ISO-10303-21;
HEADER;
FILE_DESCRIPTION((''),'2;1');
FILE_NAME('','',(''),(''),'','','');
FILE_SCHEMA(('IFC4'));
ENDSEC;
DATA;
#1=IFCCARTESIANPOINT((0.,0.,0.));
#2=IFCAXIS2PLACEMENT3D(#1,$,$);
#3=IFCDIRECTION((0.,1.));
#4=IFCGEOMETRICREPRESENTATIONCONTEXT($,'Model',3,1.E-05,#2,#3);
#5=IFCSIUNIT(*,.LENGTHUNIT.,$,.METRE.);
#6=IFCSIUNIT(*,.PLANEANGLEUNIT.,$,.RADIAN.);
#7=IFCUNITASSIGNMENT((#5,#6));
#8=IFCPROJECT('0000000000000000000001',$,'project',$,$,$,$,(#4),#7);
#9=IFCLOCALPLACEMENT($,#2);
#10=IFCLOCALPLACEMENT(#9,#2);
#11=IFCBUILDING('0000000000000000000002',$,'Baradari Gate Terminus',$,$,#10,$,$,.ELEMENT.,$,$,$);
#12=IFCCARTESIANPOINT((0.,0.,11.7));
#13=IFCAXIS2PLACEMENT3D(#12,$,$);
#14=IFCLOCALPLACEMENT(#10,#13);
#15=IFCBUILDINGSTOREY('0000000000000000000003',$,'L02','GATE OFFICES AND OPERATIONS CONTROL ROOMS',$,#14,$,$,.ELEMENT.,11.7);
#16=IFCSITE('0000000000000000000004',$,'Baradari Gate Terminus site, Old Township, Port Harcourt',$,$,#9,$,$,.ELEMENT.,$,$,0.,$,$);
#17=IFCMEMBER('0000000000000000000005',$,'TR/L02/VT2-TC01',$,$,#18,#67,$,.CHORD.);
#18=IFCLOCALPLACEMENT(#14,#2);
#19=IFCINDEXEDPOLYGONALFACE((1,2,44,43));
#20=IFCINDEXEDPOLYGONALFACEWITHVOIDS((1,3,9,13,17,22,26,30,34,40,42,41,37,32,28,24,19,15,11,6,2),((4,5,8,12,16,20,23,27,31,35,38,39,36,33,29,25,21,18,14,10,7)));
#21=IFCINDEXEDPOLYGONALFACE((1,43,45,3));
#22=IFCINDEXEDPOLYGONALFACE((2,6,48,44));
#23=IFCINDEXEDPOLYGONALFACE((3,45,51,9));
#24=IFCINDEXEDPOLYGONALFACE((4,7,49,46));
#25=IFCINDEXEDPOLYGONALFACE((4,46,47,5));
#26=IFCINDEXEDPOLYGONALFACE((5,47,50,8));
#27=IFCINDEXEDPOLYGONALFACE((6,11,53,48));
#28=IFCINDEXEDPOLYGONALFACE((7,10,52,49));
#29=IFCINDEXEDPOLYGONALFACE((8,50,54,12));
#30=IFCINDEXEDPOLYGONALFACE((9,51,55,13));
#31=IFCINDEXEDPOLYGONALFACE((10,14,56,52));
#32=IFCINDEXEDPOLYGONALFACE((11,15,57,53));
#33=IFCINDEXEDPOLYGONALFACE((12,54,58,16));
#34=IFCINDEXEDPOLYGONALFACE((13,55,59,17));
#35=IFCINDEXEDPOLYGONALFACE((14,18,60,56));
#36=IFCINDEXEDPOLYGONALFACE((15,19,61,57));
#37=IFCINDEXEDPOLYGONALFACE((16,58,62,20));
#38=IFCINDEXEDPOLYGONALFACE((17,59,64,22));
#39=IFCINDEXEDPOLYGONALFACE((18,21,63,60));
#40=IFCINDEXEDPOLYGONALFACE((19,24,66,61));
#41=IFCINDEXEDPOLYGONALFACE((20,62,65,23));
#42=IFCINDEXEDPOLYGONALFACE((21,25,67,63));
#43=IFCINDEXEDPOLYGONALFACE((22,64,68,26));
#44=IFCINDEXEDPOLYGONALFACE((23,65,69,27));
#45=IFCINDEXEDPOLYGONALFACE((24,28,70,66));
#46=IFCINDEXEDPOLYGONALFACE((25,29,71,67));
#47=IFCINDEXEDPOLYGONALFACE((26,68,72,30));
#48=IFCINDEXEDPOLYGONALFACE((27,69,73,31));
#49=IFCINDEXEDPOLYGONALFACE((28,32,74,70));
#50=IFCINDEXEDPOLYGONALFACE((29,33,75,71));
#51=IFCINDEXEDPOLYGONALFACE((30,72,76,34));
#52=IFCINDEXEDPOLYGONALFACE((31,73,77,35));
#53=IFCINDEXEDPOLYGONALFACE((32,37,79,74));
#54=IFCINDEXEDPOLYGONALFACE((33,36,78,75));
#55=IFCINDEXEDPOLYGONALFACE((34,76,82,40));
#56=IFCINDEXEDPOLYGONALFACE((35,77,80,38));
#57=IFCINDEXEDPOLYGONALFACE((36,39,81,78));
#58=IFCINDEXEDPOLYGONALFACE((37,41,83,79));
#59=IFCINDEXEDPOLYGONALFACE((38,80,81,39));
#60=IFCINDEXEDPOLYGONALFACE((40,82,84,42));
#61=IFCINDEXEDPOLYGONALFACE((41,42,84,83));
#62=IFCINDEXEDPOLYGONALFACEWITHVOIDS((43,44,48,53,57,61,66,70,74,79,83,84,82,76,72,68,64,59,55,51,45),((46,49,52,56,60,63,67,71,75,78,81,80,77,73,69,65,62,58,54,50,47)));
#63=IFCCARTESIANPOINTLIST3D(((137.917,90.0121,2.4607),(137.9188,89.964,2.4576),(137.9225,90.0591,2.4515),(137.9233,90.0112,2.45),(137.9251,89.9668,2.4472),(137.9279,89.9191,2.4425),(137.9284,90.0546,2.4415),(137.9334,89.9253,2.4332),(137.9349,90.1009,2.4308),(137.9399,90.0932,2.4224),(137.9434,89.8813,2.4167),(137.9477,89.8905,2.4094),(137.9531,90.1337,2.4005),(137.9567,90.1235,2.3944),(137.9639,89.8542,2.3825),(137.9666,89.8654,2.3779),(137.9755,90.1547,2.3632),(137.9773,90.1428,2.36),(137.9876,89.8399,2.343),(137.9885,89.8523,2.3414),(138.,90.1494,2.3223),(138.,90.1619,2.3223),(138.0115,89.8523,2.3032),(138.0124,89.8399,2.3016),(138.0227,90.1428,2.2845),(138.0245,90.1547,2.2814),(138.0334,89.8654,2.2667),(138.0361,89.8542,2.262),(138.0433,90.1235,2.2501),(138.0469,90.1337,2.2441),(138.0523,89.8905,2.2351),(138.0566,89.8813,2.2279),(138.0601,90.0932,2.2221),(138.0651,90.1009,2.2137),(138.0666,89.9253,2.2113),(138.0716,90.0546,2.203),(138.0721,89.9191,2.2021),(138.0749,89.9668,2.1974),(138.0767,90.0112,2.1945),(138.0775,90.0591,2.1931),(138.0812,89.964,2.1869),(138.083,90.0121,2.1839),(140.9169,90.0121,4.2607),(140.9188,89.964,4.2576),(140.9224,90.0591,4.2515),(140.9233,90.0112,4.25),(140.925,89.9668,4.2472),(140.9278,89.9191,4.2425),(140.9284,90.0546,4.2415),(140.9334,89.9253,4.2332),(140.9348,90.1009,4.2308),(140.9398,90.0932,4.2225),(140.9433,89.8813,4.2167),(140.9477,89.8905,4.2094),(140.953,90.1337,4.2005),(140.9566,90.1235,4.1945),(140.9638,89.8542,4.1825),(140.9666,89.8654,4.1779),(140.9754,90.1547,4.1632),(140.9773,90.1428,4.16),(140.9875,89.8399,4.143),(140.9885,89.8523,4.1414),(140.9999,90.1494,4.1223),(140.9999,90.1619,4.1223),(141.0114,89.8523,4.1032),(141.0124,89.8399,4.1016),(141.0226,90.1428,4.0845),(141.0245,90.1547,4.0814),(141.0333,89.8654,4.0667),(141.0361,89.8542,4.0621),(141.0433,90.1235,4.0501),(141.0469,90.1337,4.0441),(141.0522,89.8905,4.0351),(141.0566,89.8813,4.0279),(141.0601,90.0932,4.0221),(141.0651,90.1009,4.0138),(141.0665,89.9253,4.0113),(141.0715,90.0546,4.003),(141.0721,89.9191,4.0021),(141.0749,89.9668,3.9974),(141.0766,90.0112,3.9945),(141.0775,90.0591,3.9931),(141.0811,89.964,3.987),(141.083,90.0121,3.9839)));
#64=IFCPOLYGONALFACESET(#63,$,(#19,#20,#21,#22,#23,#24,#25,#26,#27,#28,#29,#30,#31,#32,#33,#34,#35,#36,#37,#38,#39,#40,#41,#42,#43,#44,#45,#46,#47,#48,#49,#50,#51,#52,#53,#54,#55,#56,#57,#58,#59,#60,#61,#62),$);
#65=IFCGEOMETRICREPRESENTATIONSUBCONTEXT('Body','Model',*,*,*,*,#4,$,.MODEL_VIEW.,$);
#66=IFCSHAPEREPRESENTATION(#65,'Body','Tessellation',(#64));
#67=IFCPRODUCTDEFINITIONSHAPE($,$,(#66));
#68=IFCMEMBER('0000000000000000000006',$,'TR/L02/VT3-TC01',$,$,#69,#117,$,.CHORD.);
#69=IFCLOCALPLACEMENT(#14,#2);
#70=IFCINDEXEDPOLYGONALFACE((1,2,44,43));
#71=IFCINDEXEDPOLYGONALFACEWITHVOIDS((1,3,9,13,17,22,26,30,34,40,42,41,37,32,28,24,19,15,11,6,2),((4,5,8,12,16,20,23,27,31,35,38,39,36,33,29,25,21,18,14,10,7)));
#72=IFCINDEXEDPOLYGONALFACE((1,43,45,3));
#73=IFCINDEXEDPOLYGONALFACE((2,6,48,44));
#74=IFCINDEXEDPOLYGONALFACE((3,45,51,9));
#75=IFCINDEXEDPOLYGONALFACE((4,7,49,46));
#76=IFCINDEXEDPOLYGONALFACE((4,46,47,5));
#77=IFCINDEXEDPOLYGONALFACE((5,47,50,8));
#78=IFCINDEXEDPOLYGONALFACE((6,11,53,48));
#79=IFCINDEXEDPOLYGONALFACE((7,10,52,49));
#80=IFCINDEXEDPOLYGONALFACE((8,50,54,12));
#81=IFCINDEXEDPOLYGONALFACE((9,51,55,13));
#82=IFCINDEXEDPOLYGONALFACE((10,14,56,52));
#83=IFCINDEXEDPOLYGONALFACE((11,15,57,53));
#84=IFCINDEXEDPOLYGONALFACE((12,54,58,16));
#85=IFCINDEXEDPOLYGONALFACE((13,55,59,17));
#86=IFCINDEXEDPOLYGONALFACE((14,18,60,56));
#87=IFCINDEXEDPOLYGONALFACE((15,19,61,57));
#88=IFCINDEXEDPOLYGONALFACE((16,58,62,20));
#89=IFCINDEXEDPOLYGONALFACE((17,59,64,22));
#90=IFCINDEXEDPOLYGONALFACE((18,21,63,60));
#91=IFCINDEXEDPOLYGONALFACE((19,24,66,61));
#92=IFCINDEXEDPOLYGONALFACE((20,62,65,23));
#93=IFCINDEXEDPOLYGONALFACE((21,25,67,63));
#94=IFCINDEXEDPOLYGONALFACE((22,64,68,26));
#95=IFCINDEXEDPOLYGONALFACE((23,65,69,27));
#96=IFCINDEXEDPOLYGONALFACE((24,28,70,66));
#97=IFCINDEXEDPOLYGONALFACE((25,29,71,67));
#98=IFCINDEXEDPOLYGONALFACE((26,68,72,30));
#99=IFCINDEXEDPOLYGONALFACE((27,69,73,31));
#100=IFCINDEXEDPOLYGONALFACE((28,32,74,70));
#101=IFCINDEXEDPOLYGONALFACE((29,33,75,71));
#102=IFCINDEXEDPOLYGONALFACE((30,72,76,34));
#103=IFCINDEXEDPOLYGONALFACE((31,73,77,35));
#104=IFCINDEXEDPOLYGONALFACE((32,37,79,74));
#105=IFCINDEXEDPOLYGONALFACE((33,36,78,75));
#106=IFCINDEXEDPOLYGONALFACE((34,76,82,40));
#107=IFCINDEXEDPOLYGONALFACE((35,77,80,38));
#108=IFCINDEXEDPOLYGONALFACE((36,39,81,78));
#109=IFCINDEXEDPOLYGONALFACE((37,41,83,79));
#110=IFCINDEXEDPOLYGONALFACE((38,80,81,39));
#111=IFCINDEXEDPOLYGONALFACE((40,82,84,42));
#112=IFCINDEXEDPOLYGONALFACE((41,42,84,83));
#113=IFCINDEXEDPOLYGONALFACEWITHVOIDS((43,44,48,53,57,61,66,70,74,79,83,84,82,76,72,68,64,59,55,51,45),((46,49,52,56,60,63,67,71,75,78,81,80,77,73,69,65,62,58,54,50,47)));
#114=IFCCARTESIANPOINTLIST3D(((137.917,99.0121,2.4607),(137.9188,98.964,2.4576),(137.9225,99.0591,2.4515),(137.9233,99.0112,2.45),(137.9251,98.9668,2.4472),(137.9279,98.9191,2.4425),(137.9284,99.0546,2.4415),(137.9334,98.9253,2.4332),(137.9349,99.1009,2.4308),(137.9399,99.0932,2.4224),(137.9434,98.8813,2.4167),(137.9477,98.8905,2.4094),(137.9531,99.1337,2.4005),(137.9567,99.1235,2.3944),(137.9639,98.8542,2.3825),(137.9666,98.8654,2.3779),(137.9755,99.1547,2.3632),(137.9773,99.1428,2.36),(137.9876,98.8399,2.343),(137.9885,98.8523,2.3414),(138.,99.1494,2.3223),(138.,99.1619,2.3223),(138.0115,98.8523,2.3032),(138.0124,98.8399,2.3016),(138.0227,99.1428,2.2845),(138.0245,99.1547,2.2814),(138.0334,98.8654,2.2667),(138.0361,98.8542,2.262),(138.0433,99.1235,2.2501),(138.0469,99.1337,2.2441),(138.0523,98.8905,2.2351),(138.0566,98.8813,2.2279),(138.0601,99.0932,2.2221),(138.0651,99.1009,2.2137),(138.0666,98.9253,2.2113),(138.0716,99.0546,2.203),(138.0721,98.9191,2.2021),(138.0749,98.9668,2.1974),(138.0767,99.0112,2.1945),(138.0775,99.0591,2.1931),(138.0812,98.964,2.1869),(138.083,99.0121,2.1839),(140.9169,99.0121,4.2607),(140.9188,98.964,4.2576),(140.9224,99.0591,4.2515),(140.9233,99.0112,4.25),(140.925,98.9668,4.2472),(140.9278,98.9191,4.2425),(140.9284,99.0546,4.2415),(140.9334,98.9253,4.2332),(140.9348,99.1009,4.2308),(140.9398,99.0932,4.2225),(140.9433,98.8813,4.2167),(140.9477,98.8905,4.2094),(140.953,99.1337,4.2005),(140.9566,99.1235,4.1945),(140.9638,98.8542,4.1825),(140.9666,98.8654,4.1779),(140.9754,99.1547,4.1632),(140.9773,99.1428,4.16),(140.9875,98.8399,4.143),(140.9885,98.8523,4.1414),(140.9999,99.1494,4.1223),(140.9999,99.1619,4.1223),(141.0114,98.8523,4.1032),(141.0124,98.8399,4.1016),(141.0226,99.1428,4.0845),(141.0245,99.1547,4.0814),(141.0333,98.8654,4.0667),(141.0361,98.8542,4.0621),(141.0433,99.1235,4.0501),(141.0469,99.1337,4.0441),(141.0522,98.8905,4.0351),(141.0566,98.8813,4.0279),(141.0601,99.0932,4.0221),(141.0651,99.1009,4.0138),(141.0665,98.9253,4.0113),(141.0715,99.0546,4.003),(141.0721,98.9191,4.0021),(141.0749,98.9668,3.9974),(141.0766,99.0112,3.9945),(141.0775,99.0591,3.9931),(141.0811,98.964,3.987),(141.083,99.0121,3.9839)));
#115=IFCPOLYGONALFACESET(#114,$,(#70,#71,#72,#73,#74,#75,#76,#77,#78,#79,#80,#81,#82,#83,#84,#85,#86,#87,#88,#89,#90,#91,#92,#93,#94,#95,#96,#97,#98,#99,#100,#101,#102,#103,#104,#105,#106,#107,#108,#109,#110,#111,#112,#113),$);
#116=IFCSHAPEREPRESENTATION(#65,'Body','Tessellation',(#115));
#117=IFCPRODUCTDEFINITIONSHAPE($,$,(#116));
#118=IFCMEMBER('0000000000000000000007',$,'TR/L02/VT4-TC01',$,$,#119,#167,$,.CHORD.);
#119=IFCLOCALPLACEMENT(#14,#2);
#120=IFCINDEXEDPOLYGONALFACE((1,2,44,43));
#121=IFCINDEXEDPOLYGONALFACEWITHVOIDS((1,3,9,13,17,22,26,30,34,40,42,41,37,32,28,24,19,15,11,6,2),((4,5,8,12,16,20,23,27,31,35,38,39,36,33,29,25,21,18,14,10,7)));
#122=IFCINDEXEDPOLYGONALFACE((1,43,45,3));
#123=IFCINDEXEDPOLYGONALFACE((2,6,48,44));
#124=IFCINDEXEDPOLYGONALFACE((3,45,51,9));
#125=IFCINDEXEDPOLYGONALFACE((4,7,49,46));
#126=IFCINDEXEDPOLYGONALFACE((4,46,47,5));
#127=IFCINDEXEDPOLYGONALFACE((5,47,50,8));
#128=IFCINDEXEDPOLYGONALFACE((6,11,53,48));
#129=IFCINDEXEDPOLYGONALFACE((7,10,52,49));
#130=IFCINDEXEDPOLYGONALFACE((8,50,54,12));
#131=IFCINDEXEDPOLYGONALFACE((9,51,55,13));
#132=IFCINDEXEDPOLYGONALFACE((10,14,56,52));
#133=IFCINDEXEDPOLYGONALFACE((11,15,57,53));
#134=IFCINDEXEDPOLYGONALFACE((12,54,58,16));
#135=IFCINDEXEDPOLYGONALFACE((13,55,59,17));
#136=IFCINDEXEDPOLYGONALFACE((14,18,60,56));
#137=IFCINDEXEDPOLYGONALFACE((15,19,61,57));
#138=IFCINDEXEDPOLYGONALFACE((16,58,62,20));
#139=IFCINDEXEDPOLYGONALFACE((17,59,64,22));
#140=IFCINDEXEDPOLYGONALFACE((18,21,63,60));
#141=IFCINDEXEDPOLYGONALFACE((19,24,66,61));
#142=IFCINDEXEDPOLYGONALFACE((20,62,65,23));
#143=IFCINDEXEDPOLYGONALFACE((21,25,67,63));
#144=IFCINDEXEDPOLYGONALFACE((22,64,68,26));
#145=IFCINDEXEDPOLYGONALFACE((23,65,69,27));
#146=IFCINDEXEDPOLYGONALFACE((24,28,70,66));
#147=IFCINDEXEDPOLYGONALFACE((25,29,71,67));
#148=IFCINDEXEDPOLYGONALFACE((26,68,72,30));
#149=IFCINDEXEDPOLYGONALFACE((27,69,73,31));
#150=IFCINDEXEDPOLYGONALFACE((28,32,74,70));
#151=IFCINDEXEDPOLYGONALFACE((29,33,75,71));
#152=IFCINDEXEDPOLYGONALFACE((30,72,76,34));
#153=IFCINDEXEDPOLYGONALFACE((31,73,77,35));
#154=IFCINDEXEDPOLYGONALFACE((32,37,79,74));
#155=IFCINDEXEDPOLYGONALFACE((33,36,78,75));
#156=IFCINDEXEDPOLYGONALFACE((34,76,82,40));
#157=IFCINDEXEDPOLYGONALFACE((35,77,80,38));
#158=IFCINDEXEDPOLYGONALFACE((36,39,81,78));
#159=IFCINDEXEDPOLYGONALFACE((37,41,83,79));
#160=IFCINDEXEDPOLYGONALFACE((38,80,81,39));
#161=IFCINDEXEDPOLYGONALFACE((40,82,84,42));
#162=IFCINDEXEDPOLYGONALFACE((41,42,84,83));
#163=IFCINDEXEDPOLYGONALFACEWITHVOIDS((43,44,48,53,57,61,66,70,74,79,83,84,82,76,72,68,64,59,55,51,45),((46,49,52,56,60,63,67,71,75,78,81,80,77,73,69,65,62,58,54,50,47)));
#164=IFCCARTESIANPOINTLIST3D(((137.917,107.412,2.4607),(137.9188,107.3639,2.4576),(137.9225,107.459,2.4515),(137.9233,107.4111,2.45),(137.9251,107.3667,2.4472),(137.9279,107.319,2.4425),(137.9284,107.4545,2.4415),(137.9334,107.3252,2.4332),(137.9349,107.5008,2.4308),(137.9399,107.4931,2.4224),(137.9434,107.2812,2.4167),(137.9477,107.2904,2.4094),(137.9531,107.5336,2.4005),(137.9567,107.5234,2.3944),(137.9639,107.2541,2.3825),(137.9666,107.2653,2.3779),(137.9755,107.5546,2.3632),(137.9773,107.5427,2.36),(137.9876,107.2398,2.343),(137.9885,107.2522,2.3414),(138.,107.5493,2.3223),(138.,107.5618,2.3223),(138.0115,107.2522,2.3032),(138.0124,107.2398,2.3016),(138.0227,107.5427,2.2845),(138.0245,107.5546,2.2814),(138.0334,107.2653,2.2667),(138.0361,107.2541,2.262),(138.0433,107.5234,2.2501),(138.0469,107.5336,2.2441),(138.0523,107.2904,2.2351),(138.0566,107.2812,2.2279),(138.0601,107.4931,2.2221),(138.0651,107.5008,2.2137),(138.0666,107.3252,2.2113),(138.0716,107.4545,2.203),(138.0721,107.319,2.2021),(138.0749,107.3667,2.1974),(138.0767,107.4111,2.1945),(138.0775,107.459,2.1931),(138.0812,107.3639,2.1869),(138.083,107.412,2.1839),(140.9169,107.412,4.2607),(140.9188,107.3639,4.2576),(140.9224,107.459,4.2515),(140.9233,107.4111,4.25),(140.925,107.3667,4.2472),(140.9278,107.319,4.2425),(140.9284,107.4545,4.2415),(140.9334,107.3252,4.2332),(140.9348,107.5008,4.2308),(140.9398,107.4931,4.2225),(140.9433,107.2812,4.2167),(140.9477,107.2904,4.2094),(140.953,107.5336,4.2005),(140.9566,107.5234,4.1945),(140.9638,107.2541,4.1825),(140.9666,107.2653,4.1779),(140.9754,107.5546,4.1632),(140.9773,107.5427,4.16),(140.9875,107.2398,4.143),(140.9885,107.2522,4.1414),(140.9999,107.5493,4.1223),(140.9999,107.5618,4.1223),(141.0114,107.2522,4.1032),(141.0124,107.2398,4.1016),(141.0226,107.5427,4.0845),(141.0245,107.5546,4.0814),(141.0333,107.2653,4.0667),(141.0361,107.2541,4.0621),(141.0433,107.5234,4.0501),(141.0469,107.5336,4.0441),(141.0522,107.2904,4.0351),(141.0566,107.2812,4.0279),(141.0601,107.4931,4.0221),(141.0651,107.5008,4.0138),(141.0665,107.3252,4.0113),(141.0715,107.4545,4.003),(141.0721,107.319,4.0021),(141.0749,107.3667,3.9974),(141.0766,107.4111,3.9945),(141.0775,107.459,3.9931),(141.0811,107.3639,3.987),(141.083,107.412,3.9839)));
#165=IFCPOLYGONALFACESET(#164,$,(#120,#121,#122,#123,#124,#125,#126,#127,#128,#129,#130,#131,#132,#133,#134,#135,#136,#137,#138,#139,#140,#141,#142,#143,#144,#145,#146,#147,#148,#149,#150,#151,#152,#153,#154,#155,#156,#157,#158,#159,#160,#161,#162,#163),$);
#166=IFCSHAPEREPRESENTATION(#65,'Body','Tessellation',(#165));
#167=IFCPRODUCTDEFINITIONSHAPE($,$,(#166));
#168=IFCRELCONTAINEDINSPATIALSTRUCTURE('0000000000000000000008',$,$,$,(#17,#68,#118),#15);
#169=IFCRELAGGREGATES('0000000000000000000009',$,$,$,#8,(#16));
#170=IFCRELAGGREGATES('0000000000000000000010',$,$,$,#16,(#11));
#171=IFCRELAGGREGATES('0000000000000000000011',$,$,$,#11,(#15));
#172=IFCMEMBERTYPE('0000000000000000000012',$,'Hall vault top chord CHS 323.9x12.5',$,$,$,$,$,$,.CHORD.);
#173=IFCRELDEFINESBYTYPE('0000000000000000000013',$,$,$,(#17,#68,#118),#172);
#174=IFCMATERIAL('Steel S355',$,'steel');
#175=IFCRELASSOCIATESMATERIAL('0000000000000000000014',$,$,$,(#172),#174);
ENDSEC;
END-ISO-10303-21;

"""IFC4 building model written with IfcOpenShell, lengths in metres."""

from ifc_helpers import new_model, si_unit, direction, frame, origin, origin_2d, place, context, subcontext, project, spatial, hollow_circle, extrude, material, material_profile, profile_set, type_object, element, save


model = new_model("IFC4")

# Units and contexts
model_context = context("Model", 3, precision=1e-05, world=origin(), true_north=direction((0.0, 1.0)))
body_context = subcontext(model_context, "Body", "Model", "MODEL_VIEW")
ifc_project = project(units=[si_unit("LENGTHUNIT", "METRE"), si_unit("PLANEANGLEUNIT", "RADIAN")], contexts=[model_context])

# Site, building, storey
site_placement = place(None, origin())
site = spatial("IfcSite", under=ifc_project, at=site_placement, Name="Baradari Gate Terminus site, Old Township, Port Harcourt", CompositionType="ELEMENT", RefElevation=0.0)
building_placement = place(site_placement, origin())
building = spatial("IfcBuilding", under=site, at=building_placement, Name="Baradari Gate Terminus", CompositionType="ELEMENT")
storey_placement = place(building_placement, frame((0.0, 0.0, 11.7)))
storey = spatial("IfcBuildingStorey", under=building, at=storey_placement, Name="L02", Description="GATE OFFICES AND OPERATIONS CONTROL ROOMS", CompositionType="ELEMENT", Elevation=11.7)

# Members
ifc_material_1 = material(Name="Steel S355", Category="steel")
ifc_material_profile_1 = material_profile(ifc_material_1, hollow_circle(Radius=0.1619, WallThickness=0.0125, at=origin_2d()), Name="CHS 323.9x12.5")
ifc_profile_set_1 = profile_set([ifc_material_profile_1], Name="Steel S355")
member_type_1 = type_object("IfcMemberType", Name="Hall vault top chord CHS 323.9x12.5", PredefinedType="CHORD", material=ifc_profile_set_1)
for number, where, z_axis, x_axis, name in (
    (1, (138.0, 90.0, 2.3223), (0.857487, 0.0, 0.514506), (0.0, 1.0, 0.0), "TR/L02/VT2-TC01"),
    (2, (138.0, 99.0, 2.3223), (0.857487, 0.0, 0.514506), (0.0, 1.0, 0.0), "TR/L02/VT3-TC01"),
    (3, (138.0, 107.3999, 2.3223), (0.857487, 0.0, 0.514506), (0.0, 1.0, 0.0), "TR/L02/VT4-TC01"),
):
    element("IfcMember", number, at=place(storey_placement, frame(where, z_axis=z_axis, x_axis=x_axis)), inside=storey, type_object=member_type_1, Name=name, PredefinedType="CHORD", context=body_context, shape_type="SweptSolid", body=[
        extrude(hollow_circle(Radius=0.1619, WallThickness=0.0125, at=origin_2d()), origin(), (0.0, 0.0, 1.0), 3.4985),
    ])

save(model, "model.ifc")
